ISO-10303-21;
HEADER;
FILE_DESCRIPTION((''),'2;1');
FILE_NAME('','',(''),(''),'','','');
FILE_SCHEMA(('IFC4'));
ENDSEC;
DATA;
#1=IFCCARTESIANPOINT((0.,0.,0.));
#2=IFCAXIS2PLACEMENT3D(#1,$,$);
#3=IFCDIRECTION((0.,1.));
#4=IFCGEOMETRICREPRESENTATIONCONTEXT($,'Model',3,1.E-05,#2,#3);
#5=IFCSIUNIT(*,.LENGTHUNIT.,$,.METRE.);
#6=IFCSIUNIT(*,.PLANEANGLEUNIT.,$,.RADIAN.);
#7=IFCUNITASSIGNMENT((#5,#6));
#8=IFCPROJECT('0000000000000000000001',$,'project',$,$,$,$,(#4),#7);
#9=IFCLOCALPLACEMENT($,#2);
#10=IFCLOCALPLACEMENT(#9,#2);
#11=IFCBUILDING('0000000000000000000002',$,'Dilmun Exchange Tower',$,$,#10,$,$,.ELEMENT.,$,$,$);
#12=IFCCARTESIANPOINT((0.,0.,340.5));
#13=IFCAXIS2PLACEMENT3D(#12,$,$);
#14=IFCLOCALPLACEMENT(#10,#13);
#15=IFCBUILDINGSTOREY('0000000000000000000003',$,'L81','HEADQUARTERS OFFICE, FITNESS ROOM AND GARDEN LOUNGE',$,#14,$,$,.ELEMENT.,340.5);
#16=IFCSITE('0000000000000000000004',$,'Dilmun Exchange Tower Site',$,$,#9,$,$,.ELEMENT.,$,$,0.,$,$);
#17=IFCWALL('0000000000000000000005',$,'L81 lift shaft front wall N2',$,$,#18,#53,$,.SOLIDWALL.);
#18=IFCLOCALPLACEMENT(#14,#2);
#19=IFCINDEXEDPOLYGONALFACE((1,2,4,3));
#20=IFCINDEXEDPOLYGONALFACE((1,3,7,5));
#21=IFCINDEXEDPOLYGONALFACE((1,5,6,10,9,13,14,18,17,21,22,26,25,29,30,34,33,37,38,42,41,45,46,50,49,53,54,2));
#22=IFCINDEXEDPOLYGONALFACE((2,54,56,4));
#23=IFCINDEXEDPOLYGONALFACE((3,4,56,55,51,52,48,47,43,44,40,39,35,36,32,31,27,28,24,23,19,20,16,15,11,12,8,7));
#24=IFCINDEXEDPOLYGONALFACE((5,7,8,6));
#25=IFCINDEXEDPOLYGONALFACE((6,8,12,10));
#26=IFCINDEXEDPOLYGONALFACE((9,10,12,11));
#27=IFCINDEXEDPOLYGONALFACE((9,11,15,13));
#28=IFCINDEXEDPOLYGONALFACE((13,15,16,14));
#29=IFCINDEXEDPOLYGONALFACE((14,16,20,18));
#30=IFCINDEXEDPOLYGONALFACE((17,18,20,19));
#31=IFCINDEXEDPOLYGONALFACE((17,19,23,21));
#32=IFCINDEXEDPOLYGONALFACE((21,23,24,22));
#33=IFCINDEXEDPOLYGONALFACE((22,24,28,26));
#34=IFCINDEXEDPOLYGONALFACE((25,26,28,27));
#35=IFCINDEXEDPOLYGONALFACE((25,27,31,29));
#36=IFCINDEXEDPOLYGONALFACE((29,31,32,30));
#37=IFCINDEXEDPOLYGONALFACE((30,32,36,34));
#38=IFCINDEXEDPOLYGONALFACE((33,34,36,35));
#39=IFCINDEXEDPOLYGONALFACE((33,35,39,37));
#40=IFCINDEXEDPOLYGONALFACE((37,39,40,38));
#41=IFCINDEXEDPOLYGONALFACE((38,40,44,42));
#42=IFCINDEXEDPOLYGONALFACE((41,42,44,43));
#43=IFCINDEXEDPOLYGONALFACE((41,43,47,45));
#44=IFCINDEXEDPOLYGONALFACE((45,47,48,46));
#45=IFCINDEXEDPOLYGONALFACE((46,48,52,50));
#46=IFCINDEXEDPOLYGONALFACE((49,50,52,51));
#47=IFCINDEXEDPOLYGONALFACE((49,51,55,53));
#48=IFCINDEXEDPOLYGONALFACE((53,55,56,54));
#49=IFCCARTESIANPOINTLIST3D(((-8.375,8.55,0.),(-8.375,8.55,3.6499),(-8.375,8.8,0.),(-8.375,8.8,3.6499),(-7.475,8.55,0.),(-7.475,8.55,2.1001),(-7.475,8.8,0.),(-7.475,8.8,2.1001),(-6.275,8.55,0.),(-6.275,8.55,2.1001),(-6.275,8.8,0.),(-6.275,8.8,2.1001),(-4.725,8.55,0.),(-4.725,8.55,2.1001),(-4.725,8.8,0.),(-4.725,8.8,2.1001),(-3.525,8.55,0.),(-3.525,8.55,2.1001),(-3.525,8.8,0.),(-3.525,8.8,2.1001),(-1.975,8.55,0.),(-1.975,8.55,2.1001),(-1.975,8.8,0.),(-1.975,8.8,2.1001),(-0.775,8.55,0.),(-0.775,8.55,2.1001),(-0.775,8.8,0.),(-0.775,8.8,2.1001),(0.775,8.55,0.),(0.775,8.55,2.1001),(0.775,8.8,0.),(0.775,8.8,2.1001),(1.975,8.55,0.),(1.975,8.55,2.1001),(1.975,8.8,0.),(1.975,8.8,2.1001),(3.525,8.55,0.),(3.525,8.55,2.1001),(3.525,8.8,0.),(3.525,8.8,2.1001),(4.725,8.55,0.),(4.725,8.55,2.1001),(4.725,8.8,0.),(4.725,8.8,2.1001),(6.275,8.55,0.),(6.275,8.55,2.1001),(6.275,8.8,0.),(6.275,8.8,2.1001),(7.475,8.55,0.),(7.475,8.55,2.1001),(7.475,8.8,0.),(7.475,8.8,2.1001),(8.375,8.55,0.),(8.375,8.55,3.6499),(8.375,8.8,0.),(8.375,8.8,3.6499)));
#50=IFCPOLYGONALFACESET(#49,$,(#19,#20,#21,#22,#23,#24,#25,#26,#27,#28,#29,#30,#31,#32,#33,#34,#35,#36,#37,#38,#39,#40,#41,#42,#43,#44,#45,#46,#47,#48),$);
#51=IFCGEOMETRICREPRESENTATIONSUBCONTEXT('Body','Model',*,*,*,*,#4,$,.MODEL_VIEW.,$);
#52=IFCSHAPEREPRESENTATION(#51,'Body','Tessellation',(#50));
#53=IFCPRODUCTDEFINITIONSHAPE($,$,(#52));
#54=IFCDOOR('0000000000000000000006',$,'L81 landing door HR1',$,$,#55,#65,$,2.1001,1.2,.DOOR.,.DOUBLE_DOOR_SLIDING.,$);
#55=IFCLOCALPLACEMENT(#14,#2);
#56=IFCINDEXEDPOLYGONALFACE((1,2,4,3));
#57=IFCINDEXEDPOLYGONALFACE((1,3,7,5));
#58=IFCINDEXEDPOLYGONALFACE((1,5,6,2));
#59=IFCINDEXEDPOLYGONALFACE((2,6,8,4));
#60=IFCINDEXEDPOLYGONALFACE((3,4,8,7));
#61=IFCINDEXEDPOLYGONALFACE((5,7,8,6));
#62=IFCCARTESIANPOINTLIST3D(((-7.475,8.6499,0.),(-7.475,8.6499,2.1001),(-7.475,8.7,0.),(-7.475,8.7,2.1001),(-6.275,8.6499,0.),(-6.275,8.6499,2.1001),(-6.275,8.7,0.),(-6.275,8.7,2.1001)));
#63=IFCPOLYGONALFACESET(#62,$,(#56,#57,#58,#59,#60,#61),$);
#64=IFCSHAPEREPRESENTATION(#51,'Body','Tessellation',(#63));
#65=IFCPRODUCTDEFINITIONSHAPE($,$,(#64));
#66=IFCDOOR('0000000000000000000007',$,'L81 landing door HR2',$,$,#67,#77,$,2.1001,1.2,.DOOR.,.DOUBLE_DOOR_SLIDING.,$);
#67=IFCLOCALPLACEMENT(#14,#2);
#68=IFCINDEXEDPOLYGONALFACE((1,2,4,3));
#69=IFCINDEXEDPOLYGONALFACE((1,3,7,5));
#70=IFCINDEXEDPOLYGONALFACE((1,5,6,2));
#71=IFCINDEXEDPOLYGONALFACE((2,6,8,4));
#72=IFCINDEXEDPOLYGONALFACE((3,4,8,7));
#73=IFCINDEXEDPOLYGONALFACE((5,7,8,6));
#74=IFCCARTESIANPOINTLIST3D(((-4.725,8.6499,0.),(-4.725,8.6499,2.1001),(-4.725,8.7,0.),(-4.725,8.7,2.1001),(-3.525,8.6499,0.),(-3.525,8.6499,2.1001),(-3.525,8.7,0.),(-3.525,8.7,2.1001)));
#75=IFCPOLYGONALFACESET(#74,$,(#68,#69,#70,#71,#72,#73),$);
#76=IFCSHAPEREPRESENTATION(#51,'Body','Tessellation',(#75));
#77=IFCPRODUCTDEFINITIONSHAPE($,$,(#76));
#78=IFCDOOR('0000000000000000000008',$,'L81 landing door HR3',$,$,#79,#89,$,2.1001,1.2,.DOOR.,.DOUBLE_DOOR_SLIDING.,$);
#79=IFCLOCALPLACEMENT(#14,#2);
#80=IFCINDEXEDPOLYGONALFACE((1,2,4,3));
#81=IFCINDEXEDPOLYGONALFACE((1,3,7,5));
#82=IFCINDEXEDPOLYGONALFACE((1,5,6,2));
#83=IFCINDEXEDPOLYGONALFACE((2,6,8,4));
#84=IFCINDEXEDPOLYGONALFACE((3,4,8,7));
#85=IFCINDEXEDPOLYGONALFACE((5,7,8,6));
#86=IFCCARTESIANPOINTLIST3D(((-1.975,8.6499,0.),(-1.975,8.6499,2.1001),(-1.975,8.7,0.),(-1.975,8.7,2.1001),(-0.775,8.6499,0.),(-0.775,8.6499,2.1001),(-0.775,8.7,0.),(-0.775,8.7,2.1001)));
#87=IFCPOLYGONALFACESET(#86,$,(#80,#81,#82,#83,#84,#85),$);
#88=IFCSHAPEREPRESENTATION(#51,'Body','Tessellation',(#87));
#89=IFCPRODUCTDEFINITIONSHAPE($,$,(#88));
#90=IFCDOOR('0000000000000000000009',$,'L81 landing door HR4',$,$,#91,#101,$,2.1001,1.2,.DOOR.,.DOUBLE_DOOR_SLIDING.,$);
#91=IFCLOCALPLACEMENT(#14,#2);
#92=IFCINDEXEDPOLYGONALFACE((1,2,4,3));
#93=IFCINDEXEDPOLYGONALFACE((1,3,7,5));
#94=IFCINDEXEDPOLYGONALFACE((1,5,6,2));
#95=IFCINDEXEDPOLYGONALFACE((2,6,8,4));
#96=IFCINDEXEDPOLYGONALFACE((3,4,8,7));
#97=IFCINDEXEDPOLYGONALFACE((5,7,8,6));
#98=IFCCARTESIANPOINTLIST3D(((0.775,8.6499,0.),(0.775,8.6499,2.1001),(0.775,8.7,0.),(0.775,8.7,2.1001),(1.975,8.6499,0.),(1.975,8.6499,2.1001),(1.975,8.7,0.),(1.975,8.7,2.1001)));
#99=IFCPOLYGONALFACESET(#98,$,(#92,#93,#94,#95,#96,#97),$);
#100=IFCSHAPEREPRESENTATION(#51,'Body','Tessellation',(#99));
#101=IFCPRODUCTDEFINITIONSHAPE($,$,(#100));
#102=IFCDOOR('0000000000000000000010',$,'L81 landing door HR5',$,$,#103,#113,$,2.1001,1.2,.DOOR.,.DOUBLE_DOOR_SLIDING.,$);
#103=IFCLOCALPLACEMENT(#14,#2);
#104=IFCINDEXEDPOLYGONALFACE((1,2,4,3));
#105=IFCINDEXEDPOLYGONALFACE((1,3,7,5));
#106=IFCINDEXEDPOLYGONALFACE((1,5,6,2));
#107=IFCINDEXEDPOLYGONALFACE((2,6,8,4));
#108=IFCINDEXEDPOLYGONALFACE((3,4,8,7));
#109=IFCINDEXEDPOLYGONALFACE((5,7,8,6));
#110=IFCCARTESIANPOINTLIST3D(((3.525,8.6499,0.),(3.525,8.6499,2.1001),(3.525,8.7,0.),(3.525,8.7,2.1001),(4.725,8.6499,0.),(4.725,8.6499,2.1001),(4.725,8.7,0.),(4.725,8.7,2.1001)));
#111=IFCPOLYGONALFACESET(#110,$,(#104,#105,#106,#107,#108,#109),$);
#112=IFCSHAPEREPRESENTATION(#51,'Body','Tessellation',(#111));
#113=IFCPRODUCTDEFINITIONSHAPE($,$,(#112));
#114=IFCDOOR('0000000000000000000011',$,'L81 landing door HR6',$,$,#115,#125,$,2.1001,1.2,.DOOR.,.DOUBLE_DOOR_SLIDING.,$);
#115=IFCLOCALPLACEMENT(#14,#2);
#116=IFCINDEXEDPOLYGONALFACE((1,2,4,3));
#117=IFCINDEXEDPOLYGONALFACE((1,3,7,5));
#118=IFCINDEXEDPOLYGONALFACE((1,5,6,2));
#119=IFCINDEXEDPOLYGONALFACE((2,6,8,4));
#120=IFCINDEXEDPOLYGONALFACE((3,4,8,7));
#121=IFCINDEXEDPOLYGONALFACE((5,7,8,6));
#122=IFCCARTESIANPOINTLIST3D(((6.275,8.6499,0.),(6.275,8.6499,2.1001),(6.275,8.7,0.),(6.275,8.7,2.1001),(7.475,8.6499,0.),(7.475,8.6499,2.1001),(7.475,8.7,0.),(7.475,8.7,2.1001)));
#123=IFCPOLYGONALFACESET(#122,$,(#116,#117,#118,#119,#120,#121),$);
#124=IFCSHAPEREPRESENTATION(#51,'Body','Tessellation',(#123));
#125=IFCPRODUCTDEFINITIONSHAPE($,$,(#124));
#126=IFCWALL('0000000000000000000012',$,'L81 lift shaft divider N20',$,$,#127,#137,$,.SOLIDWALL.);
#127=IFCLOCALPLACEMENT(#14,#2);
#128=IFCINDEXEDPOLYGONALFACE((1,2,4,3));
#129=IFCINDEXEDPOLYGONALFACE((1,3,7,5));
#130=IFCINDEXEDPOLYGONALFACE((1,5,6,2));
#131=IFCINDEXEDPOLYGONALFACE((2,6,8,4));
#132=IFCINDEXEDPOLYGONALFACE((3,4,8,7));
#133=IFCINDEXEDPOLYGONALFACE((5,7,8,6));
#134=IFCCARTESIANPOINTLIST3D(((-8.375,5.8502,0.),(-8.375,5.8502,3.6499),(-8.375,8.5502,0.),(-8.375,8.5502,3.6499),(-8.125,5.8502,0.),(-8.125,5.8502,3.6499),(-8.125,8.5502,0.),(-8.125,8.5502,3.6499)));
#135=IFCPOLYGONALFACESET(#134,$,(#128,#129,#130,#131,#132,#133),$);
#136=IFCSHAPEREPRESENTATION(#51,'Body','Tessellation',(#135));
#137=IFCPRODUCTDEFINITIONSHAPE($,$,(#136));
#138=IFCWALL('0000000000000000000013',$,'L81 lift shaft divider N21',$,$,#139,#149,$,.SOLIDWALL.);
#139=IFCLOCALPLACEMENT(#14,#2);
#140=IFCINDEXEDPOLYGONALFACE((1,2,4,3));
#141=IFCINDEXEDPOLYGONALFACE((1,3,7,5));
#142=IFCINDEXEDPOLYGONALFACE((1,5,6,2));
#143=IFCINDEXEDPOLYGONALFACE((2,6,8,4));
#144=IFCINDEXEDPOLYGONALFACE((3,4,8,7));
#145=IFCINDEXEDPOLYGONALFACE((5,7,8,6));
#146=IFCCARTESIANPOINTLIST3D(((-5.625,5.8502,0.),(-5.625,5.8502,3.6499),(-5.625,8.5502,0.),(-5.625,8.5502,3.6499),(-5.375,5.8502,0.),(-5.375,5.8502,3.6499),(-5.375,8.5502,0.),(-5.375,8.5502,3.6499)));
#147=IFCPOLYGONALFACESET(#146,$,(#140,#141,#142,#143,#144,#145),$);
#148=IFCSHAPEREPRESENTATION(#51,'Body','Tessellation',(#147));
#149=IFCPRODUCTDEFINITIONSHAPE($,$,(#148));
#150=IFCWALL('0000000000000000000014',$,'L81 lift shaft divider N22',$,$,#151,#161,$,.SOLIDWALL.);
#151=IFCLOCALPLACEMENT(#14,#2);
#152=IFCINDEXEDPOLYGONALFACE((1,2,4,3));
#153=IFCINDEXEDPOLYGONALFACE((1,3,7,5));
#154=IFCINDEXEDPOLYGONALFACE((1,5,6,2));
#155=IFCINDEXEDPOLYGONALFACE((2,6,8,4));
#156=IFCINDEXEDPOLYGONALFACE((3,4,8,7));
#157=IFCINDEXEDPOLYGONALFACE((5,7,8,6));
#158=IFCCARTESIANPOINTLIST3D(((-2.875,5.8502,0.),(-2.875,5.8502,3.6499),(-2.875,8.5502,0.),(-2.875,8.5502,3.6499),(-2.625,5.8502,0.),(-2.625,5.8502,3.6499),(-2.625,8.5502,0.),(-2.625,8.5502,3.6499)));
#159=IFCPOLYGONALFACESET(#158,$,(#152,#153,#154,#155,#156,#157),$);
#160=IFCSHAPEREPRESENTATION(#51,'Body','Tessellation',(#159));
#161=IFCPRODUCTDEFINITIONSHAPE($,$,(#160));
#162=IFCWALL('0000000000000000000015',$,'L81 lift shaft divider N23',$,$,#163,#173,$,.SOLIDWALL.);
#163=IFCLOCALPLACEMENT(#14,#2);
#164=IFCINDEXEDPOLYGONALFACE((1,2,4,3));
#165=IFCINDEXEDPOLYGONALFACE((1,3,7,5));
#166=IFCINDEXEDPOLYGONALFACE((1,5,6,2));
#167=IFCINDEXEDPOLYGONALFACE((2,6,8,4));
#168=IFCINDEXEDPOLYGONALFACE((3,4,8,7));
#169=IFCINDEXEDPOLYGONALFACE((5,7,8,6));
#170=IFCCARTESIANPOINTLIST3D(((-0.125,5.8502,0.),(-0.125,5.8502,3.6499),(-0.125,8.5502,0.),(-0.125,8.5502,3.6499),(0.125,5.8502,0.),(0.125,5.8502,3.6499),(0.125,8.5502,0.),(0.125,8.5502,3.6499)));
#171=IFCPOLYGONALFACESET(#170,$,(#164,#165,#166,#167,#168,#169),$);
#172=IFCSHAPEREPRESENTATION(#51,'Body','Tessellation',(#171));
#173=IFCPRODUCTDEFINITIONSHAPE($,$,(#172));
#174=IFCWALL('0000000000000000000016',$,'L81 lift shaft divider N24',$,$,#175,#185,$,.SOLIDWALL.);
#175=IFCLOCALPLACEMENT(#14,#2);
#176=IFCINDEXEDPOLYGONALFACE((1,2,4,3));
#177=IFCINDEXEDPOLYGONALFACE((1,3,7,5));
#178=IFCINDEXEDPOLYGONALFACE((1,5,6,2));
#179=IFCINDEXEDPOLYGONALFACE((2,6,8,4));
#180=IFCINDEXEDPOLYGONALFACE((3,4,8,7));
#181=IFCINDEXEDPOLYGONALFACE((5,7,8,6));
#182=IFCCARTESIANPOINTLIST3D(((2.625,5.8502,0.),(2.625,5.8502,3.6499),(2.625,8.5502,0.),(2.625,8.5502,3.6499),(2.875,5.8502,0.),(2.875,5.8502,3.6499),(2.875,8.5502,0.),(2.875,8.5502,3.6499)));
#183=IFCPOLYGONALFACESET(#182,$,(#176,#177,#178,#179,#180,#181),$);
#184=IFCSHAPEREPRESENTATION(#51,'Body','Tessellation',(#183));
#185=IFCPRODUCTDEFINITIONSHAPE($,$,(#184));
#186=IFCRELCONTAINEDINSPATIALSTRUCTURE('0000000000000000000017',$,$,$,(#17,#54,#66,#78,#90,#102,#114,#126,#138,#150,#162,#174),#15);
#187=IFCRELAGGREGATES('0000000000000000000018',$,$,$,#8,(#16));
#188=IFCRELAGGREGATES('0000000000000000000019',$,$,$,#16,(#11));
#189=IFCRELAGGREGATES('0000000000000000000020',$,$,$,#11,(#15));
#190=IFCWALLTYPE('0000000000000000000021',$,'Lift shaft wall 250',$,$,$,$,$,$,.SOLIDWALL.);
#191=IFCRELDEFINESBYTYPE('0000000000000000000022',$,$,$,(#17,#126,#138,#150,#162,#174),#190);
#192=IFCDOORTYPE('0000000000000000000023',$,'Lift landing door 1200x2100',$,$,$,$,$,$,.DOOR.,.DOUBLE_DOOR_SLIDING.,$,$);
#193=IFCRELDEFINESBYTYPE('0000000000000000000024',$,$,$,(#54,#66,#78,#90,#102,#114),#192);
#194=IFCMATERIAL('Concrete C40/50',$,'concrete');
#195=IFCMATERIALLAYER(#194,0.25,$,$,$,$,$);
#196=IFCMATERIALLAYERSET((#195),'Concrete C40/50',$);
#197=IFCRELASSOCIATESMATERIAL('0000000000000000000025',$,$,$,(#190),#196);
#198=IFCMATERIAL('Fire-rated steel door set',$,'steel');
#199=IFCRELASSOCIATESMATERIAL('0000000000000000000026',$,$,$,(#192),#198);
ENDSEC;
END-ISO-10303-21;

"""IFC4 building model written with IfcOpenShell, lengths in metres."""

from ifc_helpers import new_model, si_unit, direction, frame, frame_2d, origin, place, context, subcontext, project, spatial, rectangle, extrude, material, layer, layer_set, type_object, element, fill, save


model = new_model("IFC4")

# Units and contexts
model_context = context("Model", 3, precision=1e-05, world=origin(), true_north=direction((0.0, 1.0)))
body_context = subcontext(model_context, "Body", "Model", "MODEL_VIEW")
ifc_project = project(units=[si_unit("LENGTHUNIT", "METRE"), si_unit("PLANEANGLEUNIT", "RADIAN")], contexts=[model_context])

# Site, building, storey
site_placement = place(None, origin())
site = spatial("IfcSite", under=ifc_project, at=site_placement, Name="Dilmun Exchange Tower Site", CompositionType="ELEMENT", RefElevation=0.0)
building_placement = place(site_placement, origin())
building = spatial("IfcBuilding", under=site, at=building_placement, Name="Dilmun Exchange Tower", CompositionType="ELEMENT")
storey_placement = place(building_placement, frame((0.0, 0.0, 340.5)))
storey = spatial("IfcBuildingStorey", under=building, at=storey_placement, Name="L81", Description="HEADQUARTERS OFFICE, FITNESS ROOM AND GARDEN LOUNGE", CompositionType="ELEMENT", Elevation=340.5)

# Shared definitions
ifc_material_1 = material(Name="Concrete C40/50", Category="concrete")

# Shared definitions
ifc_material_2 = material(Name="Fire-rated steel door set", Category="steel")

# Wall, openings, doors
ifc_layer_1 = layer(ifc_material_1, 0.25)
ifc_layer_set_1 = layer_set([ifc_layer_1], Name="Concrete C40/50")
wall_type_1 = type_object("IfcWallType", Name="Lift shaft wall 250", PredefinedType="SOLIDWALL", material=ifc_layer_set_1)
wall_1_placement = place(storey_placement, frame((-8.375, 8.675, 0.0), z_axis=(0.0, 0.0, 1.0), x_axis=(1.0, 0.0, 0.0)))
wall_1 = element("IfcWall", 1, at=wall_1_placement, inside=storey, type_object=wall_type_1, Name="L81 lift shaft front wall N2", PredefinedType="SOLIDWALL", context=body_context, shape_type="SweptSolid", body=[
    extrude(rectangle(XDim=16.75, YDim=0.25, at=frame_2d((8.375, 0.0))), origin(), (0.0, 0.0, 1.0), 3.6499),
])
opening_1_placement = place(wall_1_placement, frame((0.8999, 0.0, 0.0)))
opening_1 = element("IfcOpeningElement", 2, at=opening_1_placement, cuts=wall_1, PredefinedType="OPENING", context=body_context, shape_type="SweptSolid", body=[
    extrude(rectangle(XDim=1.2, YDim=2.1001, at=frame_2d((0.6001, 1.05))), frame((0.0, 0.135, 0.0), z_axis=(0.0, -1.0, 0.0), x_axis=(1.0, 0.0, 0.0)), (0.0, 0.0, 1.0), 0.27),
])
opening_2_placement = place(wall_1_placement, frame((3.6499, 0.0, 0.0)))
opening_2 = element("IfcOpeningElement", 3, at=opening_2_placement, cuts=wall_1, PredefinedType="OPENING", context=body_context, shape_type="SweptSolid", body=[
    extrude(rectangle(XDim=1.2, YDim=2.1001, at=frame_2d((0.6001, 1.05))), frame((0.0, 0.135, 0.0), z_axis=(0.0, -1.0, 0.0), x_axis=(1.0, 0.0, 0.0)), (0.0, 0.0, 1.0), 0.27),
])
opening_3_placement = place(wall_1_placement, frame((6.3999, 0.0, 0.0)))
opening_3 = element("IfcOpeningElement", 4, at=opening_3_placement, cuts=wall_1, PredefinedType="OPENING", context=body_context, shape_type="SweptSolid", body=[
    extrude(rectangle(XDim=1.2, YDim=2.1001, at=frame_2d((0.6001, 1.05))), frame((0.0, 0.135, 0.0), z_axis=(0.0, -1.0, 0.0), x_axis=(1.0, 0.0, 0.0)), (0.0, 0.0, 1.0), 0.27),
])
opening_4_placement = place(wall_1_placement, frame((9.1499, 0.0, 0.0)))
opening_4 = element("IfcOpeningElement", 5, at=opening_4_placement, cuts=wall_1, PredefinedType="OPENING", context=body_context, shape_type="SweptSolid", body=[
    extrude(rectangle(XDim=1.2, YDim=2.1001, at=frame_2d((0.6001, 1.05))), frame((0.0, 0.135, 0.0), z_axis=(0.0, -1.0, 0.0), x_axis=(1.0, 0.0, 0.0)), (0.0, 0.0, 1.0), 0.27),
])
opening_5_placement = place(wall_1_placement, frame((11.8999, 0.0, 0.0)))
opening_5 = element("IfcOpeningElement", 6, at=opening_5_placement, cuts=wall_1, PredefinedType="OPENING", context=body_context, shape_type="SweptSolid", body=[
    extrude(rectangle(XDim=1.2, YDim=2.1001, at=frame_2d((0.6001, 1.05))), frame((0.0, 0.135, 0.0), z_axis=(0.0, -1.0, 0.0), x_axis=(1.0, 0.0, 0.0)), (0.0, 0.0, 1.0), 0.27),
])
opening_6_placement = place(wall_1_placement, frame((14.6499, 0.0, 0.0)))
opening_6 = element("IfcOpeningElement", 7, at=opening_6_placement, cuts=wall_1, PredefinedType="OPENING", context=body_context, shape_type="SweptSolid", body=[
    extrude(rectangle(XDim=1.2, YDim=2.1001, at=frame_2d((0.6001, 1.05))), frame((0.0, 0.135, 0.0), z_axis=(0.0, -1.0, 0.0), x_axis=(1.0, 0.0, 0.0)), (0.0, 0.0, 1.0), 0.27),
])
door_type_1 = type_object("IfcDoorType", Name="Lift landing door 1200x2100", OperationType="DOUBLE_DOOR_SLIDING", PredefinedType="DOOR", material=ifc_material_2)
door_1_placement = place(opening_1_placement, origin())
door_1 = element("IfcDoor", 8, at=door_1_placement, inside=storey, type_object=door_type_1, Name="L81 landing door HR1", OperationType="DOUBLE_DOOR_SLIDING", OverallHeight=2.1001, OverallWidth=1.2, PredefinedType="DOOR", context=body_context, shape_type="SweptSolid", body=[
    extrude(rectangle(XDim=1.2, YDim=2.1001, at=frame_2d((0.6001, 1.05))), frame((0.0, 0.0249, 0.0), z_axis=(0.0, -1.0, 0.0), x_axis=(1.0, 0.0, 0.0)), (0.0, 0.0, 1.0), 0.05),
])
fill(opening_1, door_1)
door_2_placement = place(opening_2_placement, origin())
door_2 = element("IfcDoor", 9, at=door_2_placement, inside=storey, type_object=door_type_1, Name="L81 landing door HR2", OperationType="DOUBLE_DOOR_SLIDING", OverallHeight=2.1001, OverallWidth=1.2, PredefinedType="DOOR", context=body_context, shape_type="SweptSolid", body=[
    extrude(rectangle(XDim=1.2, YDim=2.1001, at=frame_2d((0.6001, 1.05))), frame((0.0, 0.0249, 0.0), z_axis=(0.0, -1.0, 0.0), x_axis=(1.0, 0.0, 0.0)), (0.0, 0.0, 1.0), 0.05),
])
fill(opening_2, door_2)
door_3_placement = place(opening_3_placement, origin())
door_3 = element("IfcDoor", 10, at=door_3_placement, inside=storey, type_object=door_type_1, Name="L81 landing door HR3", OperationType="DOUBLE_DOOR_SLIDING", OverallHeight=2.1001, OverallWidth=1.2, PredefinedType="DOOR", context=body_context, shape_type="SweptSolid", body=[
    extrude(rectangle(XDim=1.2, YDim=2.1001, at=frame_2d((0.6001, 1.05))), frame((0.0, 0.0249, 0.0), z_axis=(0.0, -1.0, 0.0), x_axis=(1.0, 0.0, 0.0)), (0.0, 0.0, 1.0), 0.05),
])
fill(opening_3, door_3)
door_4_placement = place(opening_4_placement, origin())
door_4 = element("IfcDoor", 11, at=door_4_placement, inside=storey, type_object=door_type_1, Name="L81 landing door HR4", OperationType="DOUBLE_DOOR_SLIDING", OverallHeight=2.1001, OverallWidth=1.2, PredefinedType="DOOR", context=body_context, shape_type="SweptSolid", body=[
    extrude(rectangle(XDim=1.2, YDim=2.1001, at=frame_2d((0.6001, 1.05))), frame((0.0, 0.0249, 0.0), z_axis=(0.0, -1.0, 0.0), x_axis=(1.0, 0.0, 0.0)), (0.0, 0.0, 1.0), 0.05),
])
fill(opening_4, door_4)
door_5_placement = place(opening_5_placement, origin())
door_5 = element("IfcDoor", 12, at=door_5_placement, inside=storey, type_object=door_type_1, Name="L81 landing door HR5", OperationType="DOUBLE_DOOR_SLIDING", OverallHeight=2.1001, OverallWidth=1.2, PredefinedType="DOOR", context=body_context, shape_type="SweptSolid", body=[
    extrude(rectangle(XDim=1.2, YDim=2.1001, at=frame_2d((0.6001, 1.05))), frame((0.0, 0.0249, 0.0), z_axis=(0.0, -1.0, 0.0), x_axis=(1.0, 0.0, 0.0)), (0.0, 0.0, 1.0), 0.05),
])
fill(opening_5, door_5)
door_6_placement = place(opening_6_placement, origin())
door_6 = element("IfcDoor", 13, at=door_6_placement, inside=storey, type_object=door_type_1, Name="L81 landing door HR6", OperationType="DOUBLE_DOOR_SLIDING", OverallHeight=2.1001, OverallWidth=1.2, PredefinedType="DOOR", context=body_context, shape_type="SweptSolid", body=[
    extrude(rectangle(XDim=1.2, YDim=2.1001, at=frame_2d((0.6001, 1.05))), frame((0.0, 0.0249, 0.0), z_axis=(0.0, -1.0, 0.0), x_axis=(1.0, 0.0, 0.0)), (0.0, 0.0, 1.0), 0.05),
])
fill(opening_6, door_6)

# Walls
for number, where, z_axis, x_axis, name in (
    (14, (-8.25, 5.8501, 0.0), (0.0, 0.0, 1.0), (0.0, 1.0, 0.0), "L81 lift shaft divider N20"),
    (15, (-5.5, 5.8501, 0.0), (0.0, 0.0, 1.0), (0.0, 1.0, 0.0), "L81 lift shaft divider N21"),
    (16, (-2.75, 5.8501, 0.0), (0.0, 0.0, 1.0), (0.0, 1.0, 0.0), "L81 lift shaft divider N22"),
    (17, (0.0, 5.8501, 0.0), (0.0, 0.0, 1.0), (0.0, 1.0, 0.0), "L81 lift shaft divider N23"),
    (18, (2.75, 5.8501, 0.0), (0.0, 0.0, 1.0), (0.0, 1.0, 0.0), "L81 lift shaft divider N24"),
):
    element("IfcWall", number, at=place(storey_placement, frame(where, z_axis=z_axis, x_axis=x_axis)), inside=storey, type_object=wall_type_1, Name=name, PredefinedType="SOLIDWALL", context=body_context, shape_type="SweptSolid", body=[
        extrude(rectangle(XDim=2.7, YDim=0.25, at=frame_2d((1.3501, 0.0))), origin(), (0.0, 0.0, 1.0), 3.6499),
    ])

save(model, "model.ifc")
